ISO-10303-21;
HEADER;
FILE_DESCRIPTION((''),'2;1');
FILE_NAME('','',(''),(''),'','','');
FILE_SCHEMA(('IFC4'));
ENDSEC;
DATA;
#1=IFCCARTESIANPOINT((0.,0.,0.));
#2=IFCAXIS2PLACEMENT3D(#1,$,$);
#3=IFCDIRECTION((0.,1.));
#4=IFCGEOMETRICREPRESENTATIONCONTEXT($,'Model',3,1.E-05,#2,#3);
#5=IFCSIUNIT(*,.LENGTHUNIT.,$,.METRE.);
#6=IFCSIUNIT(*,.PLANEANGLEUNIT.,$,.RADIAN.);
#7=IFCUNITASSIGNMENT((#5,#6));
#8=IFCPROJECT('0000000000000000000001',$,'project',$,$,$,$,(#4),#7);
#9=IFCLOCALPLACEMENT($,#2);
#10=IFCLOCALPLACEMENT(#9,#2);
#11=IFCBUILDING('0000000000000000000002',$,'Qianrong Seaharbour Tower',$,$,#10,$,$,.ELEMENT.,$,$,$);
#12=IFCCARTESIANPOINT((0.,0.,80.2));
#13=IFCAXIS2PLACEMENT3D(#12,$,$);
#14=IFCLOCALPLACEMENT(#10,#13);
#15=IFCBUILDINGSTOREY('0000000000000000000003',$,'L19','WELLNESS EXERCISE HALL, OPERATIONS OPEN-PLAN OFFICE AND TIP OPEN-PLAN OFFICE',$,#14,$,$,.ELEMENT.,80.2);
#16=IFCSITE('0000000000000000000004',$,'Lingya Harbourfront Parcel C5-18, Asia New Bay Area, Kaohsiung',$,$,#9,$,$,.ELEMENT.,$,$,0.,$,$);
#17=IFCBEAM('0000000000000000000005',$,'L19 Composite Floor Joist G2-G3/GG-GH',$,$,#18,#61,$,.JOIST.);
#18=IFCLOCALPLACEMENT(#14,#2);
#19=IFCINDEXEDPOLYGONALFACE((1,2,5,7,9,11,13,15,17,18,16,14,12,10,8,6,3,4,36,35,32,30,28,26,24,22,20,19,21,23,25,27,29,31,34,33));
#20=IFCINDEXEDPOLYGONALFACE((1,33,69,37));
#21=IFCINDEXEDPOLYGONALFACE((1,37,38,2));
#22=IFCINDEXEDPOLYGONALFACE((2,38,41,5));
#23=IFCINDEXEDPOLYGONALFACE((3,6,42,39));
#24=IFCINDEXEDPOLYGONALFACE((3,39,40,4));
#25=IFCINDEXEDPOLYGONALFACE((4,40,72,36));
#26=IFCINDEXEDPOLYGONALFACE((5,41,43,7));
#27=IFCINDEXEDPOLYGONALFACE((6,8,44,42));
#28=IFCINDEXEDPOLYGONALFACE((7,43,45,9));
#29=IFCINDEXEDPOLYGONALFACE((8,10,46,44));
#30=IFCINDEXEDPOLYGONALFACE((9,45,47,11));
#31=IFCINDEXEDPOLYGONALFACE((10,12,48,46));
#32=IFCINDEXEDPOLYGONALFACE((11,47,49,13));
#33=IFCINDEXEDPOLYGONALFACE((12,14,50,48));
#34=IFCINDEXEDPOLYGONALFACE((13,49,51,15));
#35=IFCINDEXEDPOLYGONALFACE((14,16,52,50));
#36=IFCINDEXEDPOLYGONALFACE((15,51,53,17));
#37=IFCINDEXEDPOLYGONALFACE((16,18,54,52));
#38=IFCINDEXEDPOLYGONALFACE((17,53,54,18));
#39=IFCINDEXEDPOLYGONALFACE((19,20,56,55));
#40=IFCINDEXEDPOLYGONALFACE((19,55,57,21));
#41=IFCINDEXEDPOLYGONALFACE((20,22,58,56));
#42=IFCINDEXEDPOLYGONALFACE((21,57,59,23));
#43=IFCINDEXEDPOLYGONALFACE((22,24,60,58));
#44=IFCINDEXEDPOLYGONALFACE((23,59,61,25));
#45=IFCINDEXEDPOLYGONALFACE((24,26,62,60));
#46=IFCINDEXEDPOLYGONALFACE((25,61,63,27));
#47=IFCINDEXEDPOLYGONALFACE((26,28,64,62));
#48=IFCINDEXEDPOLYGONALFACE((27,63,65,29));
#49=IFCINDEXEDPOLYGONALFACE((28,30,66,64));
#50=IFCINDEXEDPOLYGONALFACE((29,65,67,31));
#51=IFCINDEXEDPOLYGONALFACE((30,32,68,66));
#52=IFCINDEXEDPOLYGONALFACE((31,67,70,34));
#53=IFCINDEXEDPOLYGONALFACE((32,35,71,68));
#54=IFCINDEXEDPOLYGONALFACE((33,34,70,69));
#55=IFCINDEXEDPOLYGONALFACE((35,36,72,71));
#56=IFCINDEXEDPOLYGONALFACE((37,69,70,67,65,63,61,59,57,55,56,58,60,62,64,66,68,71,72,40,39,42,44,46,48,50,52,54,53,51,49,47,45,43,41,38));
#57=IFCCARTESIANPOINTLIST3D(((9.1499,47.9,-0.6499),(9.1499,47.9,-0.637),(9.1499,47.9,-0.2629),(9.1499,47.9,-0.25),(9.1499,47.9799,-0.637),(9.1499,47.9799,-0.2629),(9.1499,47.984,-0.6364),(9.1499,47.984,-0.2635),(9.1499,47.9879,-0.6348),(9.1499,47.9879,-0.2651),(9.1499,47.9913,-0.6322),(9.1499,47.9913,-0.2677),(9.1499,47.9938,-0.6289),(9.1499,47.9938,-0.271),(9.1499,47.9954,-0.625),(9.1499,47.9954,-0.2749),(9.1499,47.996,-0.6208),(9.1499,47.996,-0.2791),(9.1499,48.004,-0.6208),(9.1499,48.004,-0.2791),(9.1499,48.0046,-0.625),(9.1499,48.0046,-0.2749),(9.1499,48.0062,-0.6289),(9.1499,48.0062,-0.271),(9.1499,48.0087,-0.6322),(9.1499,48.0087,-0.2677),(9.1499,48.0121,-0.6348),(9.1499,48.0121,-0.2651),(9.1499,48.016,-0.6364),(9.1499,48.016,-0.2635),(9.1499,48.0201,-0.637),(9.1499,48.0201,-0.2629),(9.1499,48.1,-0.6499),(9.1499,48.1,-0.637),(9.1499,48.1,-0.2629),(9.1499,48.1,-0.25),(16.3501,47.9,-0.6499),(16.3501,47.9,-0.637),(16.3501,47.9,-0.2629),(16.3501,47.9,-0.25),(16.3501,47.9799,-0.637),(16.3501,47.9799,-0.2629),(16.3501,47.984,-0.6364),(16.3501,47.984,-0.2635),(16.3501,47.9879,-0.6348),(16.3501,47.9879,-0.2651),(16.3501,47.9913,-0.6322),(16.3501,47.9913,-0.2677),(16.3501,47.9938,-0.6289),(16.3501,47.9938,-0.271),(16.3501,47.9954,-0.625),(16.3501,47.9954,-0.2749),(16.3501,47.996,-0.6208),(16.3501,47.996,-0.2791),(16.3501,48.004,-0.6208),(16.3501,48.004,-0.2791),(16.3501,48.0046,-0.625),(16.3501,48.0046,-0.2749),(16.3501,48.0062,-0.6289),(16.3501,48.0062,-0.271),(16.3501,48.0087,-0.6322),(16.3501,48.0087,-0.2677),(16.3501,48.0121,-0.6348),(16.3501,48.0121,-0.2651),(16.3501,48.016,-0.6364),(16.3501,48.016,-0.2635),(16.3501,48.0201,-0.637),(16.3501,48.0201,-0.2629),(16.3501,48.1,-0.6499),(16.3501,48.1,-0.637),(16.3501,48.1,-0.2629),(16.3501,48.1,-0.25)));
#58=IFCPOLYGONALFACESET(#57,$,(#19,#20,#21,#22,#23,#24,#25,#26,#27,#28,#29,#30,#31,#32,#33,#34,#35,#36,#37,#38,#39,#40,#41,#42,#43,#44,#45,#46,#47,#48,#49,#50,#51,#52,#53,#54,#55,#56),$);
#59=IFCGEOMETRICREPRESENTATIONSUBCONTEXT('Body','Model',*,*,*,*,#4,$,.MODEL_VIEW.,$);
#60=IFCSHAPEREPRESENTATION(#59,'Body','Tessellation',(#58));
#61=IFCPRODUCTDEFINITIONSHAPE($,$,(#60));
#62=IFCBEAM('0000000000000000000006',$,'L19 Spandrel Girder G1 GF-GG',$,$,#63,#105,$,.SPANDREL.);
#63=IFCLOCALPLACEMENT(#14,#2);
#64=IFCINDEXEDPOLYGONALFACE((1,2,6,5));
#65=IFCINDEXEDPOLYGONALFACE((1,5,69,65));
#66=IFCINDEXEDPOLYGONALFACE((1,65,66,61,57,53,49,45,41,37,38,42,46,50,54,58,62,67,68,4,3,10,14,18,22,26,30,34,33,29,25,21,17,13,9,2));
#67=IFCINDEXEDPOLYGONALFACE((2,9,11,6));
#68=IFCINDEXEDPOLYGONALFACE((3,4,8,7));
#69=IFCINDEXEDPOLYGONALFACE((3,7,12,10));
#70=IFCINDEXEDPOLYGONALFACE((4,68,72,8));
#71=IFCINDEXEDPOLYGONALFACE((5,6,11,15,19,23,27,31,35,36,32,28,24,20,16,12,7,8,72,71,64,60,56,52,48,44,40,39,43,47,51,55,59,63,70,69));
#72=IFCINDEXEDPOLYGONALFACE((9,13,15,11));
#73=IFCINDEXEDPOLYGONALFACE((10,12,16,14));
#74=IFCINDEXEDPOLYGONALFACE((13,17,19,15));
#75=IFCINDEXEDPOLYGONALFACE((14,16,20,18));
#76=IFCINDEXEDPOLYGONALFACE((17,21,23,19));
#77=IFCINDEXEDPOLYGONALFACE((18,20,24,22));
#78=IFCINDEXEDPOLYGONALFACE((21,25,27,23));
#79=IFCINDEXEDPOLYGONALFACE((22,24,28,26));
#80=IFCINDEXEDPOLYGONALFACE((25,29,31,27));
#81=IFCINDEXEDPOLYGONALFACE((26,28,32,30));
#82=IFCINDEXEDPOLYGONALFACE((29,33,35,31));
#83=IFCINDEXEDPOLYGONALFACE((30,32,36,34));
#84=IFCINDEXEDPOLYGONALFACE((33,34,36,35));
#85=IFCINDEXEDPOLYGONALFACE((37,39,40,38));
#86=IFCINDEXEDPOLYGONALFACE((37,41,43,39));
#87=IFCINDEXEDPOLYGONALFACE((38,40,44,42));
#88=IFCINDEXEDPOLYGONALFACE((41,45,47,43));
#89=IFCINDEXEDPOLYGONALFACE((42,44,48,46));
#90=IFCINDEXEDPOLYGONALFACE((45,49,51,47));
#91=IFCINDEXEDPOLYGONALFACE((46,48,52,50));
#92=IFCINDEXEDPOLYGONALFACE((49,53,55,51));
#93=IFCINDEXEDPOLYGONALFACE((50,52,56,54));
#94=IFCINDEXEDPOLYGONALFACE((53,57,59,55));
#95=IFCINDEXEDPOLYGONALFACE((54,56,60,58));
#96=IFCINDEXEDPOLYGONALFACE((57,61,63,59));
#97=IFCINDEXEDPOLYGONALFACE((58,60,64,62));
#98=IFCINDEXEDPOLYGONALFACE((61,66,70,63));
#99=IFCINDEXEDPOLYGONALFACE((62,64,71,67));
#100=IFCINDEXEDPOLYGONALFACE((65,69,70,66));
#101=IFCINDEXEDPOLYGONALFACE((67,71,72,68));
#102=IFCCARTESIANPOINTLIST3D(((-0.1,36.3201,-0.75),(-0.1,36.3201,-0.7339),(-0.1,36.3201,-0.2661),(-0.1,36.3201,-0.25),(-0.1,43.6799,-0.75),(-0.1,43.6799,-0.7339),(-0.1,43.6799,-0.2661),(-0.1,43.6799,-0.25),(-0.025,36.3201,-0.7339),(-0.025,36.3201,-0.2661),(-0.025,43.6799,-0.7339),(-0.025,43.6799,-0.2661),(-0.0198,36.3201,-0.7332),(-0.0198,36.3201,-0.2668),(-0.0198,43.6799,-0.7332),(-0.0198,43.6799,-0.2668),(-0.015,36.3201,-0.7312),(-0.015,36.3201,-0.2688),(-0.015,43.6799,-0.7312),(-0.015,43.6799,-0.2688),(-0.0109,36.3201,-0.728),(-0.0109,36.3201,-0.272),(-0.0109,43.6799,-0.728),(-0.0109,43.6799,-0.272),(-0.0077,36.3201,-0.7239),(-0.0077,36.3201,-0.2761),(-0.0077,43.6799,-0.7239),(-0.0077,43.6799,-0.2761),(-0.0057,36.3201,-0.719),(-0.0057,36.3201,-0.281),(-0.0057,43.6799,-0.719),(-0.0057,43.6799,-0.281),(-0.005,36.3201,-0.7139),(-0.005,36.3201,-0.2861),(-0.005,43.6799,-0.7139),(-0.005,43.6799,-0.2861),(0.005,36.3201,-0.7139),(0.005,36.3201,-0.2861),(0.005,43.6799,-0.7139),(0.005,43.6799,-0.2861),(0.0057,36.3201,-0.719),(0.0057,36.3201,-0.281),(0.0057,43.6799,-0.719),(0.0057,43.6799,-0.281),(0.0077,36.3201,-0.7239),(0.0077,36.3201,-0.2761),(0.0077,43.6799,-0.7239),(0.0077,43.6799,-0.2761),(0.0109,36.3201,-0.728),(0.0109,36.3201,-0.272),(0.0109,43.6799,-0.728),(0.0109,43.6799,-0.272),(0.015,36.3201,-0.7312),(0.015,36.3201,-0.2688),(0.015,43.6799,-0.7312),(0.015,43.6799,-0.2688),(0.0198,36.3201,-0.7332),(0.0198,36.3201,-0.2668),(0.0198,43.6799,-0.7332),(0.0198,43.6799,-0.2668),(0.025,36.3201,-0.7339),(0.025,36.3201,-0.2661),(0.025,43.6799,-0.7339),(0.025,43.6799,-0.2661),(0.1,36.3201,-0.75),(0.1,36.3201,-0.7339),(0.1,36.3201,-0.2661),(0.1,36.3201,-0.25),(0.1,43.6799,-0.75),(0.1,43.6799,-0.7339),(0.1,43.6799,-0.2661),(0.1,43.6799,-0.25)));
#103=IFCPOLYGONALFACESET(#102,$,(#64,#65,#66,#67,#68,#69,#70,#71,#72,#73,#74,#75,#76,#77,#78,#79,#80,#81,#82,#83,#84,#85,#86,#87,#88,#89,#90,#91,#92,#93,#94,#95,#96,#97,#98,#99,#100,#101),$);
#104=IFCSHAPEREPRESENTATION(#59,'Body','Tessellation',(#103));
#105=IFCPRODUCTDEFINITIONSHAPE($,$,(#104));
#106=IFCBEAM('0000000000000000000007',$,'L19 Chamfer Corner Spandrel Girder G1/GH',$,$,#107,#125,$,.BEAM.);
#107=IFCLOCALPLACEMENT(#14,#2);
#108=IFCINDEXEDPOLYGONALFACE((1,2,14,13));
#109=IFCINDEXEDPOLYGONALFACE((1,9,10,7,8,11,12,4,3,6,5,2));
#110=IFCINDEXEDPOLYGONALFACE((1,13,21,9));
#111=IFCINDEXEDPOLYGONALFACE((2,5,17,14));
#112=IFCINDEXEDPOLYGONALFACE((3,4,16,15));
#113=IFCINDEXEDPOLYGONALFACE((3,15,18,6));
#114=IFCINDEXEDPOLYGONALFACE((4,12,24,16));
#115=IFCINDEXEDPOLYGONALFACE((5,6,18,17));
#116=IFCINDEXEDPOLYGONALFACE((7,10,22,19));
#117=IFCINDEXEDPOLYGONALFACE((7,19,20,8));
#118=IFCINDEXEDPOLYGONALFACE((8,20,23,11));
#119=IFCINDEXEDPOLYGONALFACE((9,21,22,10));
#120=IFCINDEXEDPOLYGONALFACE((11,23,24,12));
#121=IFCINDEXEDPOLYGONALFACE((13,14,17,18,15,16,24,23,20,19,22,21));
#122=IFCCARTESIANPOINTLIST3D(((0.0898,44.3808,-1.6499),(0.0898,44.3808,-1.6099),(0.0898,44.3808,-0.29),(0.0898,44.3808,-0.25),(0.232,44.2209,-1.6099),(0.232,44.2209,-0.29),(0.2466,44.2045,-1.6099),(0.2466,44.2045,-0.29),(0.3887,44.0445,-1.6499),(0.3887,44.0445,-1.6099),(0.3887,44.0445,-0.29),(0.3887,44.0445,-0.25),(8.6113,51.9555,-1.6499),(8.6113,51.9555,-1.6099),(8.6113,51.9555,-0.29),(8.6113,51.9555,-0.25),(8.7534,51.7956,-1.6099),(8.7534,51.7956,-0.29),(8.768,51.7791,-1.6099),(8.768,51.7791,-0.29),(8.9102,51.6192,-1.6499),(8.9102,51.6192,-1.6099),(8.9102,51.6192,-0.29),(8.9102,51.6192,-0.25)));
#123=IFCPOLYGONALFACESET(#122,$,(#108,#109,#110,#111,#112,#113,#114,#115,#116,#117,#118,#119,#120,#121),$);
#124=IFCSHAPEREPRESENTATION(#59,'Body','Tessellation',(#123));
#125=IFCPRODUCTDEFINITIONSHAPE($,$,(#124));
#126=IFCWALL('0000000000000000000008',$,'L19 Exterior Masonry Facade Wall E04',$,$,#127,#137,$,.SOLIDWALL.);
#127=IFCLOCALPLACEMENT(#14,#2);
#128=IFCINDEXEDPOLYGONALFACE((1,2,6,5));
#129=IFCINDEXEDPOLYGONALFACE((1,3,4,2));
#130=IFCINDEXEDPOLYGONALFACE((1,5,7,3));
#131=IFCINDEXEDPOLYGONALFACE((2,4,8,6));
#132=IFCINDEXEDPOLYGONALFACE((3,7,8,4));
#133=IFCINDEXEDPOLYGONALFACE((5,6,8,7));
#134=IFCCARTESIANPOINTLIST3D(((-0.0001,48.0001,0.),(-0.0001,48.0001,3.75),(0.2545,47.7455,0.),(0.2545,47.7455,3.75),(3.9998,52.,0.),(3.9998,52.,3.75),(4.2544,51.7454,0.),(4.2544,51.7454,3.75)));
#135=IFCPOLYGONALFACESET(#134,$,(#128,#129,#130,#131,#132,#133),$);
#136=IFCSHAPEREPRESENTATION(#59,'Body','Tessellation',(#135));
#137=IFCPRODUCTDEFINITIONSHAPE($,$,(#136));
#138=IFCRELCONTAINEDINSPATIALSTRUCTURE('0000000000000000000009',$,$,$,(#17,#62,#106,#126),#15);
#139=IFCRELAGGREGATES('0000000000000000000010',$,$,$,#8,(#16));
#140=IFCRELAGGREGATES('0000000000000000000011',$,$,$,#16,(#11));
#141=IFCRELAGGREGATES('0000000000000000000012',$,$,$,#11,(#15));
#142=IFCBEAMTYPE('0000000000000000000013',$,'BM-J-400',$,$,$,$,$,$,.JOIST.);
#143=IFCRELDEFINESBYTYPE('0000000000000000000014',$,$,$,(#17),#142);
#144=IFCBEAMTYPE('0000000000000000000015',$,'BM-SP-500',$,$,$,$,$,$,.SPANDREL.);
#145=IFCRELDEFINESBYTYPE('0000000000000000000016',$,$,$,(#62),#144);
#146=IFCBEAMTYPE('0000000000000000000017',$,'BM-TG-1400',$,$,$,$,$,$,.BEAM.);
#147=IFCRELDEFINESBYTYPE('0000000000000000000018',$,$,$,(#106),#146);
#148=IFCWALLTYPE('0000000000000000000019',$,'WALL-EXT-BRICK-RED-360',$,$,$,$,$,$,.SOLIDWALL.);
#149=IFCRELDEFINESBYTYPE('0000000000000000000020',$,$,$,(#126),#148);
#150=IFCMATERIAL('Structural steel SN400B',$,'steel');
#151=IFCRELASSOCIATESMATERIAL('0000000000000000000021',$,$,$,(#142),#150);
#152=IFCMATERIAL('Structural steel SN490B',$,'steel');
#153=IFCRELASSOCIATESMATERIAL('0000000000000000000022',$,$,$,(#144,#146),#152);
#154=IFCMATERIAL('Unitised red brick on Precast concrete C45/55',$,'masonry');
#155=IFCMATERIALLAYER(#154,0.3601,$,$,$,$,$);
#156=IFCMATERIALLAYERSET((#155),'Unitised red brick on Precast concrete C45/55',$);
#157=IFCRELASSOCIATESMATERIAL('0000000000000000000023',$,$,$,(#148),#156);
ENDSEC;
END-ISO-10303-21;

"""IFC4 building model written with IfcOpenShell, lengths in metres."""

from ifc_helpers import new_model, si_unit, direction, frame, frame_2d, origin, origin_2d, place, context, subcontext, project, spatial, rectangle, i_section, extrude, material, layer, layer_set, material_profile, profile_set, type_object, element, save


model = new_model("IFC4")

# Units and contexts
model_context = context("Model", 3, precision=1e-05, world=origin(), true_north=direction((0.0, 1.0)))
body_context = subcontext(model_context, "Body", "Model", "MODEL_VIEW")
ifc_project = project(units=[si_unit("LENGTHUNIT", "METRE"), si_unit("PLANEANGLEUNIT", "RADIAN")], contexts=[model_context])

# Site, building, storey
site_placement = place(None, origin())
site = spatial("IfcSite", under=ifc_project, at=site_placement, Name="Lingya Harbourfront Parcel C5-18, Asia New Bay Area, Kaohsiung", CompositionType="ELEMENT", RefElevation=0.0)
building_placement = place(site_placement, origin())
building = spatial("IfcBuilding", under=site, at=building_placement, Name="Qianrong Seaharbour Tower", CompositionType="ELEMENT")
storey_placement = place(building_placement, frame((0.0, 0.0, 80.2)))
storey = spatial("IfcBuildingStorey", under=building, at=storey_placement, Name="L19", Description="WELLNESS EXERCISE HALL, OPERATIONS OPEN-PLAN OFFICE AND TIP OPEN-PLAN OFFICE", CompositionType="ELEMENT", Elevation=80.2)

# Shared definitions
ifc_material_1 = material(Name="Structural steel SN490B", Category="steel")

# Beams
ifc_material_2 = material(Name="Structural steel SN400B", Category="steel")
ifc_material_profile_1 = material_profile(ifc_material_2, i_section(OverallWidth=0.2, OverallDepth=0.3999, WebThickness=0.0081, FlangeThickness=0.0129, FilletRadius=0.0161, at=origin_2d()), Name="H400x200x8x13")
ifc_profile_set_1 = profile_set([ifc_material_profile_1], Name="Structural steel SN400B")
beam_type_1 = type_object("IfcBeamType", Name="BM-J-400", PredefinedType="JOIST", material=ifc_profile_set_1)
for number, where, z_axis, x_axis, name in (
    (1, (9.1499, 48.0, -0.45), (1.0, 0.0, 0.0), (0.0, 1.0, 0.0), "L19 Composite Floor Joist G2-G3/GG-GH"),
):
    element("IfcBeam", number, at=place(storey_placement, frame(where, z_axis=z_axis, x_axis=x_axis)), inside=storey, type_object=beam_type_1, Name=name, PredefinedType="JOIST", context=body_context, shape_type="SweptSolid", body=[
        extrude(i_section(OverallWidth=0.2, OverallDepth=0.3999, WebThickness=0.0081, FlangeThickness=0.0129, FilletRadius=0.0161, at=origin_2d()), origin(), (0.0, 0.0, 1.0), 7.2002),
    ])
ifc_material_profile_2 = material_profile(ifc_material_1, i_section(OverallWidth=0.2, OverallDepth=0.5, WebThickness=0.01, FlangeThickness=0.0161, FilletRadius=0.02, at=origin_2d()), Name="H500x200x10x16")
ifc_profile_set_2 = profile_set([ifc_material_profile_2], Name="Structural steel SN490B")
beam_type_2 = type_object("IfcBeamType", Name="BM-SP-500", PredefinedType="SPANDREL", material=ifc_profile_set_2)
beam_1_placement = place(storey_placement, frame((0.0, 36.3201, -0.5), z_axis=(0.0, 1.0, 0.0), x_axis=(-1.0, 0.0, 0.0)))
element("IfcBeam", 2, at=beam_1_placement, inside=storey, type_object=beam_type_2, Name="L19 Spandrel Girder G1 GF-GG", PredefinedType="SPANDREL", context=body_context, shape_type="SweptSolid", body=[
    extrude(i_section(OverallWidth=0.2, OverallDepth=0.5, WebThickness=0.01, FlangeThickness=0.0161, FilletRadius=0.02, at=origin_2d()), origin(), (0.0, 0.0, 1.0), 7.3599),
])
ifc_material_profile_3 = material_profile(ifc_material_1, i_section(OverallWidth=0.45, OverallDepth=1.3999, WebThickness=0.022, FlangeThickness=0.04, at=origin_2d()), Name="BH1400x450x22x40")
ifc_profile_set_3 = profile_set([ifc_material_profile_3], Name="Structural steel SN490B")
beam_type_3 = type_object("IfcBeamType", Name="BM-TG-1400", PredefinedType="BEAM", material=ifc_profile_set_3)
beam_2_placement = place(storey_placement, frame((8.7607, 51.7874, -0.95), z_axis=(-0.747407, -0.664366, 0.0), x_axis=(0.664366, -0.747407, 0.0)))
element("IfcBeam", 3, at=beam_2_placement, inside=storey, type_object=beam_type_3, Name="L19 Chamfer Corner Spandrel Girder G1/GH", PredefinedType="BEAM", context=body_context, shape_type="SweptSolid", body=[
    extrude(i_section(OverallWidth=0.45, OverallDepth=1.3999, WebThickness=0.022, FlangeThickness=0.04, at=origin_2d()), origin(), (0.0, 0.0, 1.0), 11.4014),
])

# Wall
ifc_material_3 = material(Name="Unitised red brick on Precast concrete C45/55", Category="masonry")
ifc_layer_1 = layer(ifc_material_3, 0.3601)
ifc_layer_set_1 = layer_set([ifc_layer_1], Name="Unitised red brick on Precast concrete C45/55")
wall_type_1 = type_object("IfcWallType", Name="WALL-EXT-BRICK-RED-360", PredefinedType="SOLIDWALL", material=ifc_layer_set_1)
wall_1_placement = place(storey_placement, frame((0.1272, 47.8728, 0.0), z_axis=(0.0, 0.0, 1.0), x_axis=(0.707107, 0.707107, 0.0)))
element("IfcWall", 4, at=wall_1_placement, inside=storey, type_object=wall_type_1, Name="L19 Exterior Masonry Facade Wall E04", PredefinedType="SOLIDWALL", context=body_context, shape_type="SweptSolid", body=[
    extrude(rectangle(XDim=5.6567, YDim=0.3601, at=frame_2d((2.8284, 0.0))), origin(), (0.0, 0.0, 1.0), 3.75),
])

save(model, "model.ifc")
